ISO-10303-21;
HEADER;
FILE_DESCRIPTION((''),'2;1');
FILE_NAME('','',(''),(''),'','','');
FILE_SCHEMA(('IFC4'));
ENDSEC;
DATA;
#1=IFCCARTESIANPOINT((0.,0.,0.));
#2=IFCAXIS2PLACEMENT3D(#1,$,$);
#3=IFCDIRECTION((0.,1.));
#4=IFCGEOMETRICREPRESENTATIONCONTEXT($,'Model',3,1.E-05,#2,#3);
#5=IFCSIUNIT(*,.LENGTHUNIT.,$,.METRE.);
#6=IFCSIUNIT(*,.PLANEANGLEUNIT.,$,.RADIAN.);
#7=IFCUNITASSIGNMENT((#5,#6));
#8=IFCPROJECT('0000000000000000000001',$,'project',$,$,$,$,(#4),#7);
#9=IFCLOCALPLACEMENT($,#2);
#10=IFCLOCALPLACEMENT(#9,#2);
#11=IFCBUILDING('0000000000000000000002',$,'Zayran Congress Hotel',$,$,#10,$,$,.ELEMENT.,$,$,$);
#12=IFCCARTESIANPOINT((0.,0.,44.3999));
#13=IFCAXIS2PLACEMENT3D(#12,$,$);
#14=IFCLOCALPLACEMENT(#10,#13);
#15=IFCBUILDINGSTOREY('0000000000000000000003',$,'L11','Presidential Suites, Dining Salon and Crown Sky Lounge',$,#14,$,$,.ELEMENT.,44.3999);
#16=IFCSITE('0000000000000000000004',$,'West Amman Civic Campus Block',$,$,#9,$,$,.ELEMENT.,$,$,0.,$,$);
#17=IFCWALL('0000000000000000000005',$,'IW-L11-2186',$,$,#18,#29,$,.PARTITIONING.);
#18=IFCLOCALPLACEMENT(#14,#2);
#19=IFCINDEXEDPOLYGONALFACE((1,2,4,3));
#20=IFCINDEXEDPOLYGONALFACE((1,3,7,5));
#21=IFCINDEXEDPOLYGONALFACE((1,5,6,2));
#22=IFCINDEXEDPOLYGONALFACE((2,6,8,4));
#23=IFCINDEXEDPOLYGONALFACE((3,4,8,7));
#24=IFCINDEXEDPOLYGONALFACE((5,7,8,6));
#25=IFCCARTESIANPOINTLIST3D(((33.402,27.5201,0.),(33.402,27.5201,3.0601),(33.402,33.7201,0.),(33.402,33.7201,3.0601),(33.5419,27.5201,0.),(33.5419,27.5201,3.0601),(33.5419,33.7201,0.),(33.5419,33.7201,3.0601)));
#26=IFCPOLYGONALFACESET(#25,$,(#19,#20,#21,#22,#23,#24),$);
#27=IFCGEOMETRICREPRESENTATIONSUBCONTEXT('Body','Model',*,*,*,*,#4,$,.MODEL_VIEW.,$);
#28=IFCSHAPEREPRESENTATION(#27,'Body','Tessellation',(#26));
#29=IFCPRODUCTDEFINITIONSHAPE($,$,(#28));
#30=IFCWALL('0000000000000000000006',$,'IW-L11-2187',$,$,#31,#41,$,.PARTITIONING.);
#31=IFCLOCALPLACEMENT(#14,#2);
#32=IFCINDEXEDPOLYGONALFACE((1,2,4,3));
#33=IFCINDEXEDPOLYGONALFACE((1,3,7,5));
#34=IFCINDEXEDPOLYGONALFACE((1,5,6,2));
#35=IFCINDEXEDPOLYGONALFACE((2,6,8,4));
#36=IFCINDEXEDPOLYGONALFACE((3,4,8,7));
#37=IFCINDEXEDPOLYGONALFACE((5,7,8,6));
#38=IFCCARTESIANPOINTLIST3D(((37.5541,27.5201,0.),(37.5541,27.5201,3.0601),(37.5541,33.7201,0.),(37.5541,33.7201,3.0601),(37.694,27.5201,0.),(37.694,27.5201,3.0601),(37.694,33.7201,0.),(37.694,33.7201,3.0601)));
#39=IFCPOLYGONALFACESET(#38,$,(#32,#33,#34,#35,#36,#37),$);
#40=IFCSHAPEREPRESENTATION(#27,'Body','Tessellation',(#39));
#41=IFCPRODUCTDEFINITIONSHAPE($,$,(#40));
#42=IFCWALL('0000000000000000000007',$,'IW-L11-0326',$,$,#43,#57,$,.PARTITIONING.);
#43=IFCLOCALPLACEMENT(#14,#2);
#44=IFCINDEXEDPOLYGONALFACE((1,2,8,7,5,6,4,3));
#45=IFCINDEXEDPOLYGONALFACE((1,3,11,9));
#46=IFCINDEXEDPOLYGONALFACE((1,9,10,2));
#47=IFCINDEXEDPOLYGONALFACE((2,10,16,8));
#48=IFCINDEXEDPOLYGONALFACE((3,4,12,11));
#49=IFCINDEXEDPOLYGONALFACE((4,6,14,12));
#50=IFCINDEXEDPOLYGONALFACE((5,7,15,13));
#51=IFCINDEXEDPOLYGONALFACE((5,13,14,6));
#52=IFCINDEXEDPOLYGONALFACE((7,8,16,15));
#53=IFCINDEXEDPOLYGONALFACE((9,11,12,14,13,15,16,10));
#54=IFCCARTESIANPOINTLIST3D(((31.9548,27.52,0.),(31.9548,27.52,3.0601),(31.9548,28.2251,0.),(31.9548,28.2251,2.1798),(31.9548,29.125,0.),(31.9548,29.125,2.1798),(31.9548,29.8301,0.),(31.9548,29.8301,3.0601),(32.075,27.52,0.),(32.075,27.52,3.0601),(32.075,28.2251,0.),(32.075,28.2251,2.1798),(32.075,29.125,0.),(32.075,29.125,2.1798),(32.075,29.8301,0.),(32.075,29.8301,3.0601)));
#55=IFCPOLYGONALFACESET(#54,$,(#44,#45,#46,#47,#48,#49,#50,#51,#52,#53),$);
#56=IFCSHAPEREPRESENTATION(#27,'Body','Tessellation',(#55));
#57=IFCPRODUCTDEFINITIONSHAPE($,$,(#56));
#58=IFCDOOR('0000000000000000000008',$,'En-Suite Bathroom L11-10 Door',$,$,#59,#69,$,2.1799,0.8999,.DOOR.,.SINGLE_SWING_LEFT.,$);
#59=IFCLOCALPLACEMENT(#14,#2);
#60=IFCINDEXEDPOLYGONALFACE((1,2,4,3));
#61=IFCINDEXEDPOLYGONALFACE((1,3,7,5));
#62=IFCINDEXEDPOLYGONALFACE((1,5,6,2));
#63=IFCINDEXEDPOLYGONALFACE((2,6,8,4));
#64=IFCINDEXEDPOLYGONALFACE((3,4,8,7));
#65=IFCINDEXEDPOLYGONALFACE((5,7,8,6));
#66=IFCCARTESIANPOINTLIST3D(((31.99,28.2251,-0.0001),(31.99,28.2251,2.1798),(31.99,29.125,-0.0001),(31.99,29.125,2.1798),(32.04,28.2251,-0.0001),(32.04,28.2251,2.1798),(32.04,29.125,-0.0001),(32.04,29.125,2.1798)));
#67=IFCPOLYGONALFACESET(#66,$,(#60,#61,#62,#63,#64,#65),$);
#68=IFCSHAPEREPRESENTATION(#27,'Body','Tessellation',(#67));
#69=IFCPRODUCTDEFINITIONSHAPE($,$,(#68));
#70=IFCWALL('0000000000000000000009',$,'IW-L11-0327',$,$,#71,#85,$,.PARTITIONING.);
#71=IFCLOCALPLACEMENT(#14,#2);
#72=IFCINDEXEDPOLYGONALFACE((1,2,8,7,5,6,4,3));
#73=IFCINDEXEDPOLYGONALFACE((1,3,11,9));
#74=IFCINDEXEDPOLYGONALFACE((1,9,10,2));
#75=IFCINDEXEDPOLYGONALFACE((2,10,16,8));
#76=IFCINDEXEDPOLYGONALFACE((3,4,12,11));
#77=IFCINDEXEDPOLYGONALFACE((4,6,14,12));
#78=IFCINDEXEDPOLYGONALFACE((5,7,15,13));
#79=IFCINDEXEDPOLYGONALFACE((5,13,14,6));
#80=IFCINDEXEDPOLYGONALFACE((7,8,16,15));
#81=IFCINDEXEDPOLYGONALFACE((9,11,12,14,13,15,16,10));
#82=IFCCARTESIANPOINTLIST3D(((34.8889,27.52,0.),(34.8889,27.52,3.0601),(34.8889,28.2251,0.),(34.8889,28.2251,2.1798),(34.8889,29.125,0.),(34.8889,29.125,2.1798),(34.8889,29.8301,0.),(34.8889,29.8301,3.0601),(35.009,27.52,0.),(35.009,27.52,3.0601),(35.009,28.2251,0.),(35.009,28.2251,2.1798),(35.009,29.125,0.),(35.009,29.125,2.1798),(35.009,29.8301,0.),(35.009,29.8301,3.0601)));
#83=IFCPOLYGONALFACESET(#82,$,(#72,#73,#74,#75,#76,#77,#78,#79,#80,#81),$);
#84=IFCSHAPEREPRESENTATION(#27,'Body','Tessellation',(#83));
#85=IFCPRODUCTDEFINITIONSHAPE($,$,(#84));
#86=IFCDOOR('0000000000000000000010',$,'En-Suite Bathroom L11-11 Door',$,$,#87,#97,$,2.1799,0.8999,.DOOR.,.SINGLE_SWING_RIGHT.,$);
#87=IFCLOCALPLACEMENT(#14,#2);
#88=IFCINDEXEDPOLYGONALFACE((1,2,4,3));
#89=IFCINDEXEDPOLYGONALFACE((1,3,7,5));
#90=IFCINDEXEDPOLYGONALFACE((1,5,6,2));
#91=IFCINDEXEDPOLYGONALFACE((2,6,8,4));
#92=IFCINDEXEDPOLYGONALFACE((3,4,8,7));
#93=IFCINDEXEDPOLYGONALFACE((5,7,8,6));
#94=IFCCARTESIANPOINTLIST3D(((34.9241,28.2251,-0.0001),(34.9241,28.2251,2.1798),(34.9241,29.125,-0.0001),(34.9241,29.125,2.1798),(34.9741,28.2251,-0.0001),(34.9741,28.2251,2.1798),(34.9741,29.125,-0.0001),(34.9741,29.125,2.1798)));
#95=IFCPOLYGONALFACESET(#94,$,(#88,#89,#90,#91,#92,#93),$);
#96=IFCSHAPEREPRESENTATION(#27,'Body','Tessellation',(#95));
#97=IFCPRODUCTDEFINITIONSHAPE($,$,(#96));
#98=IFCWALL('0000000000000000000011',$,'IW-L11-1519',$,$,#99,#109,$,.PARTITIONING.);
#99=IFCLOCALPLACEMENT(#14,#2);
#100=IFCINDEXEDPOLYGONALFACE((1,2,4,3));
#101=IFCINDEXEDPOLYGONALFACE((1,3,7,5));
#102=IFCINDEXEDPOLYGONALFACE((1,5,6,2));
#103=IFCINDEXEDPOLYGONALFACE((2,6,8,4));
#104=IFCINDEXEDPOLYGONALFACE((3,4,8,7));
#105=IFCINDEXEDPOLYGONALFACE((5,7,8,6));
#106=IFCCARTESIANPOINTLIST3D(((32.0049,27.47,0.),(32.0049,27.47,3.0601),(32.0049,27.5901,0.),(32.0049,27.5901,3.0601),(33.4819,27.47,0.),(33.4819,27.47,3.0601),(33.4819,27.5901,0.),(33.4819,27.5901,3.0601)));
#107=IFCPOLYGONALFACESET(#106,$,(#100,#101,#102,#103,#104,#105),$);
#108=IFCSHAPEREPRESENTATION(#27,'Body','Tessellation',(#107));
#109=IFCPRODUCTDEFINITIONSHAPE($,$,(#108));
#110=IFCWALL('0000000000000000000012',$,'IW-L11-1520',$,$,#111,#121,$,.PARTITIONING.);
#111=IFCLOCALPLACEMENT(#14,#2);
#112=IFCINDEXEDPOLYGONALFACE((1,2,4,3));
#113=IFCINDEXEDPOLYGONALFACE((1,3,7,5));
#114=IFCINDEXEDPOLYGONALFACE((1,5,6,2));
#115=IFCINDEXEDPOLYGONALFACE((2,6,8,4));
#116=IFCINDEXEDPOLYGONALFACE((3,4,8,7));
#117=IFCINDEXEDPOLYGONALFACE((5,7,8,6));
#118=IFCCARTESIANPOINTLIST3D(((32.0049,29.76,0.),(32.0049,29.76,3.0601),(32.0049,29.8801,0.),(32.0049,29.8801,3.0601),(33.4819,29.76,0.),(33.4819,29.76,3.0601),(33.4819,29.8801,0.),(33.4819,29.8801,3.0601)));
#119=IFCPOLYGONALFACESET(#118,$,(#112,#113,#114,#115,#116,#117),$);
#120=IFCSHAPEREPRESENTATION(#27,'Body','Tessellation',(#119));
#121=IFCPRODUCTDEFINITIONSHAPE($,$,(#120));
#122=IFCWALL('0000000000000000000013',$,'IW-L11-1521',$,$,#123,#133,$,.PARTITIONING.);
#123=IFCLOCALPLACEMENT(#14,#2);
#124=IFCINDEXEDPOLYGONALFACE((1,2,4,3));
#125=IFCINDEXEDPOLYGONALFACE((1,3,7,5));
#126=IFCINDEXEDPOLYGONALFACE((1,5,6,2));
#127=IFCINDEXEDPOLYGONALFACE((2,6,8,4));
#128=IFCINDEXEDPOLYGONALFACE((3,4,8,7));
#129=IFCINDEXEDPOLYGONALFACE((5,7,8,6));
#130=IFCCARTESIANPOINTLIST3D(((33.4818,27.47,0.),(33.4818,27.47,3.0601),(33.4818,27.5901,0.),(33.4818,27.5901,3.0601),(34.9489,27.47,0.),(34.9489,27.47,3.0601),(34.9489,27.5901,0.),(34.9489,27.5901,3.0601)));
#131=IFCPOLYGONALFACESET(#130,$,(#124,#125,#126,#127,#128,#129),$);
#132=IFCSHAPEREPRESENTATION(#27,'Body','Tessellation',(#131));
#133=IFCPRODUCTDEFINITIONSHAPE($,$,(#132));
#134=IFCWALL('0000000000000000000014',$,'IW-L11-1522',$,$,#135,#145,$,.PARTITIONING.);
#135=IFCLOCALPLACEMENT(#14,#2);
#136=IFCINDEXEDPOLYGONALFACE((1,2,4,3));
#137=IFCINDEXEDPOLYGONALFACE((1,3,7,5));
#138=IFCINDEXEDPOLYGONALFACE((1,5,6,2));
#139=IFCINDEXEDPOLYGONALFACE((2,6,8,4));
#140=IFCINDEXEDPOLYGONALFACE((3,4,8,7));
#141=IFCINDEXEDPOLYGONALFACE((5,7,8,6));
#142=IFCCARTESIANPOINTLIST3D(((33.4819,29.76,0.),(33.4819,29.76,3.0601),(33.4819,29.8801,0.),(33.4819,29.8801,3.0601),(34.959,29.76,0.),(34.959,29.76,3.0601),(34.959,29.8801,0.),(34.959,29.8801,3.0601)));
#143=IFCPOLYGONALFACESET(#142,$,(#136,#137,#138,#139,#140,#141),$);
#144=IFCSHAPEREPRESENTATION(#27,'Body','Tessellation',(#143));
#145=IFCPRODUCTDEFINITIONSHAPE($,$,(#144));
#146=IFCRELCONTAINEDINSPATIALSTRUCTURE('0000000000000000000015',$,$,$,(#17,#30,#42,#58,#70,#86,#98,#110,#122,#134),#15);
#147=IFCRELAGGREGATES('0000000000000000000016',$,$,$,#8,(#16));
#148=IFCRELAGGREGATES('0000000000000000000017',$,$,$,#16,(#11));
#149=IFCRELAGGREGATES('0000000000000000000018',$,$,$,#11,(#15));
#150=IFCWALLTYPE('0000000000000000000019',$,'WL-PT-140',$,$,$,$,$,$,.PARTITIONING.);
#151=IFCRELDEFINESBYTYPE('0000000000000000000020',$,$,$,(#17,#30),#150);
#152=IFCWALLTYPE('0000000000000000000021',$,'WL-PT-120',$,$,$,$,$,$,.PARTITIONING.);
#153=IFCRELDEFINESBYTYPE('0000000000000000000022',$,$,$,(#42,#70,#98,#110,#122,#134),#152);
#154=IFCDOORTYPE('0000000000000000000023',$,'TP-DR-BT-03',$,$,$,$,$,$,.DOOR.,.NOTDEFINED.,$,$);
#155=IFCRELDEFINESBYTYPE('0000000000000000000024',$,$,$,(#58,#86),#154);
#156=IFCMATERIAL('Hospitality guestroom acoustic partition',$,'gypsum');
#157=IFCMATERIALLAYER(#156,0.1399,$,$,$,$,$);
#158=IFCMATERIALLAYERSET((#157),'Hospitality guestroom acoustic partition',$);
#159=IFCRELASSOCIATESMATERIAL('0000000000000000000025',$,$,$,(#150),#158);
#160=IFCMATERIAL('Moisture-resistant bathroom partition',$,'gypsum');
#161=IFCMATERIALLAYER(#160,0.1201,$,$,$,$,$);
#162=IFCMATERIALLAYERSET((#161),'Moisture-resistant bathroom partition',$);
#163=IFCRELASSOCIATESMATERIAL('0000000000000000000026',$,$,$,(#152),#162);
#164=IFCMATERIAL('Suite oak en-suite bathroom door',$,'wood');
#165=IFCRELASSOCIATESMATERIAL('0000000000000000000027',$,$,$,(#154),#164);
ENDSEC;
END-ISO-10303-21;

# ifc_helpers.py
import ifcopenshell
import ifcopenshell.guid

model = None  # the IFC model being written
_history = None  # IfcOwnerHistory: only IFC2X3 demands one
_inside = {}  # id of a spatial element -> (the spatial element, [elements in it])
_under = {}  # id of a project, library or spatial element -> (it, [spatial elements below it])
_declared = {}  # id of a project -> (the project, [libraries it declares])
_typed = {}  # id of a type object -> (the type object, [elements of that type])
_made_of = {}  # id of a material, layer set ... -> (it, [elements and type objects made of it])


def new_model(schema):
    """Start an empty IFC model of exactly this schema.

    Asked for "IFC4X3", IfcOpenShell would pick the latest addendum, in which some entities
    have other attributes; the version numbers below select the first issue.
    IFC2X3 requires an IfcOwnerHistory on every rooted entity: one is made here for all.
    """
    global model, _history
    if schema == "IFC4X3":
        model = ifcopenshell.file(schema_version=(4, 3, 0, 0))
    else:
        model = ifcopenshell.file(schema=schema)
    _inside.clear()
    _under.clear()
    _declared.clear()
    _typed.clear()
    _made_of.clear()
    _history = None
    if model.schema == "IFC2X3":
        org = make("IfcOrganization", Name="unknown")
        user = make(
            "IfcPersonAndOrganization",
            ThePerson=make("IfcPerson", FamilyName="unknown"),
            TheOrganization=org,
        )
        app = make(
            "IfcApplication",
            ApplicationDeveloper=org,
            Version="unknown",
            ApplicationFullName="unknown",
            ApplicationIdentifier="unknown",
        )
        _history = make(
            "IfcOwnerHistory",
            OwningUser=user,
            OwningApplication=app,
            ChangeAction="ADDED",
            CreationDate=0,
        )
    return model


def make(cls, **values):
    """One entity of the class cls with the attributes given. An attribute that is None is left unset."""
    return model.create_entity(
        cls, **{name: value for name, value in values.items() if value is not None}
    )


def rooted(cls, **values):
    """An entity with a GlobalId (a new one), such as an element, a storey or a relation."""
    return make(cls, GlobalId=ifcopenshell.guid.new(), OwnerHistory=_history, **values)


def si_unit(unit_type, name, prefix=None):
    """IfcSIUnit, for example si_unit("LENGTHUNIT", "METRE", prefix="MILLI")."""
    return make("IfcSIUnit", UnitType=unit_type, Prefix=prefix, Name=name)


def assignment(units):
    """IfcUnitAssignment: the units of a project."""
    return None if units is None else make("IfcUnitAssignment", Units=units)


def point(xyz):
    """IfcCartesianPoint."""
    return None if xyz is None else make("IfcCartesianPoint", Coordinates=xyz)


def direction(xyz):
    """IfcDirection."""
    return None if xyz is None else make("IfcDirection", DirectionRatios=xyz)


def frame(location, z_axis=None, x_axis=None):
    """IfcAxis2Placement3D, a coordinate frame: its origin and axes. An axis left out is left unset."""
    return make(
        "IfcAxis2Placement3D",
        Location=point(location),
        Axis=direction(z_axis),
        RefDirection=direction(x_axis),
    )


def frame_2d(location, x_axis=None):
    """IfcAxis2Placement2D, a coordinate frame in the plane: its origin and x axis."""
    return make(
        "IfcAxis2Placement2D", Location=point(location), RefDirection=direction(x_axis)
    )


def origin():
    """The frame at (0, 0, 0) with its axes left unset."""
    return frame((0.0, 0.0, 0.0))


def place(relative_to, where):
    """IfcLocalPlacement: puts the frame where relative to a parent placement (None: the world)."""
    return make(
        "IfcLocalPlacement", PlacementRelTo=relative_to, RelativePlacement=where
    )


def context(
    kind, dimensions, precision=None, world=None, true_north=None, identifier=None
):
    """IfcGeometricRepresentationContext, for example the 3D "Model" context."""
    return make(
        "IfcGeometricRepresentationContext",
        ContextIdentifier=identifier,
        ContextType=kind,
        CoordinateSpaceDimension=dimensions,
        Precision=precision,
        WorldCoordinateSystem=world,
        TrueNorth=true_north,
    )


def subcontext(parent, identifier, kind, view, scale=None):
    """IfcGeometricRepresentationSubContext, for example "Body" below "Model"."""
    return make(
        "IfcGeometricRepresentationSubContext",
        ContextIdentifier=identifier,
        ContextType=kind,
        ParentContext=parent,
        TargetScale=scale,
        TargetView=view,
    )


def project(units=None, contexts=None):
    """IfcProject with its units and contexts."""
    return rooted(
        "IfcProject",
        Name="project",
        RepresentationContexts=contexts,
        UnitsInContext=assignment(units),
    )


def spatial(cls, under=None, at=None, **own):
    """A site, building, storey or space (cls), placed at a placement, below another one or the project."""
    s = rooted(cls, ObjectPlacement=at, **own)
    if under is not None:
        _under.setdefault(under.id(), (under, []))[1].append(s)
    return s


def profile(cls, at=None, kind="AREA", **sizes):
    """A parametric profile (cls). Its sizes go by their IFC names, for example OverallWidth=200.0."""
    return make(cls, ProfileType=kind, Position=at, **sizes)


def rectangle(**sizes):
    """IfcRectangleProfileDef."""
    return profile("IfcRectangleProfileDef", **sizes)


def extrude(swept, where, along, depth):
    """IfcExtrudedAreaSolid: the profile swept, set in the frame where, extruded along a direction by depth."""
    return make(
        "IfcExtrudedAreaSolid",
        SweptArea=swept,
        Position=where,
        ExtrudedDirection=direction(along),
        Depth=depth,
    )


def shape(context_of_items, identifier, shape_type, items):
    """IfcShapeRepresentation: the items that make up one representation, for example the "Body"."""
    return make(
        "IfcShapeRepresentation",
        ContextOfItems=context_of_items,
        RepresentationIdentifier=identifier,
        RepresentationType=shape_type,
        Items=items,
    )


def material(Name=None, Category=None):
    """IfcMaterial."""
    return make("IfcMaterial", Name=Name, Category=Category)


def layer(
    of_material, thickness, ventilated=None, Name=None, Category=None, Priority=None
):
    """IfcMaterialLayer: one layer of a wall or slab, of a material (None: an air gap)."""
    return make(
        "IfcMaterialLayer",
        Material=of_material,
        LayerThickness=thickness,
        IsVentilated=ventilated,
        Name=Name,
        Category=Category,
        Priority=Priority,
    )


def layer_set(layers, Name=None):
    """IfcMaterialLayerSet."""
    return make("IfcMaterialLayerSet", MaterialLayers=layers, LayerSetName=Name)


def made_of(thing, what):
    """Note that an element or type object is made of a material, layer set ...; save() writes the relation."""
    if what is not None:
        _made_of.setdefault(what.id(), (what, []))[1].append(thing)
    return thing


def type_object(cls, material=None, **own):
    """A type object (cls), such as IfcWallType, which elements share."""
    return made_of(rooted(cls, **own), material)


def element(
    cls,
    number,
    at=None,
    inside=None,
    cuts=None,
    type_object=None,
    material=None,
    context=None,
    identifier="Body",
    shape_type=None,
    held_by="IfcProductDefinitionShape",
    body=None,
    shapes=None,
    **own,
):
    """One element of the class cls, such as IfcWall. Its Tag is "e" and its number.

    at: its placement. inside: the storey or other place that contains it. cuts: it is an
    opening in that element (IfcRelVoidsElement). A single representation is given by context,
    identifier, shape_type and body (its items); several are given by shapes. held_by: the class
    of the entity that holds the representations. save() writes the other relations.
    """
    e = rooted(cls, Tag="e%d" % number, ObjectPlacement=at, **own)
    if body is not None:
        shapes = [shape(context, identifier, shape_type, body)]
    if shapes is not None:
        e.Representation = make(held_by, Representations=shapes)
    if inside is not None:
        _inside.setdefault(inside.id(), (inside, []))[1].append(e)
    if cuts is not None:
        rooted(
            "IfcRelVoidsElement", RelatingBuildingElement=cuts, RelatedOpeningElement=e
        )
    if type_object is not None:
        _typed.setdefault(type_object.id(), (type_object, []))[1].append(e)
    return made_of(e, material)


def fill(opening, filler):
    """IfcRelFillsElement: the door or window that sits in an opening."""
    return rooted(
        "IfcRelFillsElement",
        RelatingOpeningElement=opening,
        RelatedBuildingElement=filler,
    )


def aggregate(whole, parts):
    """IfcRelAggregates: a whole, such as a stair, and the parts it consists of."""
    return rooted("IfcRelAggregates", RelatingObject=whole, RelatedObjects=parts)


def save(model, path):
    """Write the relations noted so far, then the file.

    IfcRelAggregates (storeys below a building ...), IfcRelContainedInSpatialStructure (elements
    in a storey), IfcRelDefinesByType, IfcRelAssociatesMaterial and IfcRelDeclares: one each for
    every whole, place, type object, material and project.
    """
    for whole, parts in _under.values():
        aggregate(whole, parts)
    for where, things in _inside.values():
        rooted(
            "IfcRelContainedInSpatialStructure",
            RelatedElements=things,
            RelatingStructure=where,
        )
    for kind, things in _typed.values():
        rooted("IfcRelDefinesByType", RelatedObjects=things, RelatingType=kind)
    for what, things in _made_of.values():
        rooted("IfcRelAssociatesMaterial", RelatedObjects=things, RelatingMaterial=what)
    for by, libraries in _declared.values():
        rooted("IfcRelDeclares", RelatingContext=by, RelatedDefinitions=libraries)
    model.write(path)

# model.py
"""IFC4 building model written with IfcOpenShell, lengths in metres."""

from ifc_helpers import new_model, si_unit, direction, frame, frame_2d, origin, place, context, subcontext, project, spatial, rectangle, extrude, material, layer, layer_set, type_object, element, fill, save


model = new_model("IFC4")

# Units and contexts
model_context = context("Model", 3, precision=1e-05, world=origin(), true_north=direction((0.0, 1.0)))
body_context = subcontext(model_context, "Body", "Model", "MODEL_VIEW")
ifc_project = project(units=[si_unit("LENGTHUNIT", "METRE"), si_unit("PLANEANGLEUNIT", "RADIAN")], contexts=[model_context])

# Site, building, storey
site_placement = place(None, origin())
site = spatial("IfcSite", under=ifc_project, at=site_placement, Name="West Amman Civic Campus Block", CompositionType="ELEMENT", RefElevation=0.0)
building_placement = place(site_placement, origin())
building = spatial("IfcBuilding", under=site, at=building_placement, Name="Zayran Congress Hotel", CompositionType="ELEMENT")
storey_placement = place(building_placement, frame((0.0, 0.0, 44.3999)))
storey = spatial("IfcBuildingStorey", under=building, at=storey_placement, Name="L11", Description="Presidential Suites, Dining Salon and Crown Sky Lounge", CompositionType="ELEMENT", Elevation=44.3999)

# Shared definitions
ifc_material_1 = material(Name="Hospitality guestroom acoustic partition", Category="gypsum")
ifc_layer_1 = layer(ifc_material_1, 0.1399)
ifc_layer_set_1 = layer_set([ifc_layer_1], Name="Hospitality guestroom acoustic partition")
wall_type_1 = type_object("IfcWallType", Name="WL-PT-140", PredefinedType="PARTITIONING", material=ifc_layer_set_1)

# Walls
for number, where, z_axis, x_axis, name in (
    (1, (33.4719, 27.52, 0.0), (0.0, 0.0, 1.0), (0.0, 1.0, 0.0), "IW-L11-2186"),
    (2, (37.624, 27.52, 0.0), (0.0, 0.0, 1.0), (0.0, 1.0, 0.0), "IW-L11-2187"),
):
    element("IfcWall", number, at=place(storey_placement, frame(where, z_axis=z_axis, x_axis=x_axis)), inside=storey, type_object=wall_type_1, Name=name, PredefinedType="PARTITIONING", context=body_context, shape_type="SweptSolid", body=[
        extrude(rectangle(XDim=6.2, YDim=0.1399, at=frame_2d((3.1001, 0.0))), origin(), (0.0, 0.0, 1.0), 3.0601),
    ])

# Walls, openings, doors
ifc_material_2 = material(Name="Moisture-resistant bathroom partition", Category="gypsum")
ifc_layer_2 = layer(ifc_material_2, 0.1201)
ifc_layer_set_2 = layer_set([ifc_layer_2], Name="Moisture-resistant bathroom partition")
wall_type_2 = type_object("IfcWallType", Name="WL-PT-120", PredefinedType="PARTITIONING", material=ifc_layer_set_2)
wall_1_placement = place(storey_placement, frame((32.0149, 27.52, 0.0), z_axis=(0.0, 0.0, 1.0), x_axis=(0.0, 1.0, 0.0)))
wall_1 = element("IfcWall", 3, at=wall_1_placement, inside=storey, type_object=wall_type_2, Name="IW-L11-0326", PredefinedType="PARTITIONING", context=body_context, shape_type="SweptSolid", body=[
    extrude(rectangle(XDim=2.3101, YDim=0.1201, at=frame_2d((1.155, 0.0))), origin(), (0.0, 0.0, 1.0), 3.0601),
])
opening_1_placement = place(wall_1_placement, frame((0.7051, 0.0, 0.0)))
opening_1 = element("IfcOpeningElement", 4, at=opening_1_placement, cuts=wall_1, PredefinedType="OPENING", context=body_context, shape_type="SweptSolid", body=[
    extrude(rectangle(XDim=0.8999, YDim=2.1799, at=frame_2d((0.45, 1.0898))), frame((0.0, 0.0701, 0.0), z_axis=(0.0, -1.0, 0.0), x_axis=(1.0, 0.0, 0.0)), (0.0, 0.0, 1.0), 0.1401),
])
ifc_material_3 = material(Name="Suite oak en-suite bathroom door", Category="wood")
door_type_1 = type_object("IfcDoorType", Name="TP-DR-BT-03", OperationType="NOTDEFINED", PredefinedType="DOOR", material=ifc_material_3)
door_1_placement = place(opening_1_placement, origin())
door_1 = element("IfcDoor", 5, at=door_1_placement, inside=storey, type_object=door_type_1, Name="En-Suite Bathroom L11-10 Door", OperationType="SINGLE_SWING_LEFT", OverallHeight=2.1799, OverallWidth=0.8999, PredefinedType="DOOR", context=body_context, shape_type="SweptSolid", body=[
    extrude(rectangle(XDim=0.8999, YDim=2.1799, at=frame_2d((0.45, 1.0898))), frame((0.0, 0.0249, 0.0), z_axis=(0.0, -1.0, 0.0), x_axis=(1.0, 0.0, 0.0)), (0.0, 0.0, 1.0), 0.05),
])
fill(opening_1, door_1)
wall_2_placement = place(storey_placement, frame((34.949, 27.52, 0.0), z_axis=(0.0, 0.0, 1.0), x_axis=(0.0, 1.0, 0.0)))
wall_2 = element("IfcWall", 6, at=wall_2_placement, inside=storey, type_object=wall_type_2, Name="IW-L11-0327", PredefinedType="PARTITIONING", context=body_context, shape_type="SweptSolid", body=[
    extrude(rectangle(XDim=2.3101, YDim=0.1201, at=frame_2d((1.155, 0.0))), origin(), (0.0, 0.0, 1.0), 3.0601),
])
opening_2_placement = place(wall_2_placement, frame((0.7051, 0.0, 0.0)))
opening_2 = element("IfcOpeningElement", 7, at=opening_2_placement, cuts=wall_2, PredefinedType="OPENING", context=body_context, shape_type="SweptSolid", body=[
    extrude(rectangle(XDim=0.8999, YDim=2.1799, at=frame_2d((0.45, 1.0898))), frame((0.0, 0.0701, 0.0), z_axis=(0.0, -1.0, 0.0), x_axis=(1.0, 0.0, 0.0)), (0.0, 0.0, 1.0), 0.1401),
])
door_2_placement = place(opening_2_placement, origin())
door_2 = element("IfcDoor", 8, at=door_2_placement, inside=storey, type_object=door_type_1, Name="En-Suite Bathroom L11-11 Door", OperationType="SINGLE_SWING_RIGHT", OverallHeight=2.1799, OverallWidth=0.8999, PredefinedType="DOOR", context=body_context, shape_type="SweptSolid", body=[
    extrude(rectangle(XDim=0.8999, YDim=2.1799, at=frame_2d((0.45, 1.0898))), frame((0.0, 0.0249, 0.0), z_axis=(0.0, -1.0, 0.0), x_axis=(1.0, 0.0, 0.0)), (0.0, 0.0, 1.0), 0.05),
])
fill(opening_2, door_2)

# Walls
for number, where, z_axis, x_axis, name in (
    (9, (32.0049, 27.53, 0.0), (0.0, 0.0, 1.0), (1.0, 0.0, 0.0), "IW-L11-1519"),
    (10, (32.0049, 29.8201, 0.0), (0.0, 0.0, 1.0), (1.0, 0.0, 0.0), "IW-L11-1520"),
):
    element("IfcWall", number, at=place(storey_placement, frame(where, z_axis=z_axis, x_axis=x_axis)), inside=storey, type_object=wall_type_2, Name=name, PredefinedType="PARTITIONING", context=body_context, shape_type="SweptSolid", body=[
        extrude(rectangle(XDim=1.4771, YDim=0.1201, at=frame_2d((0.7385, 0.0))), origin(), (0.0, 0.0, 1.0), 3.0601),
    ])
wall_3_placement = place(storey_placement, frame((33.4819, 27.53, 0.0), z_axis=(0.0, 0.0, 1.0), x_axis=(1.0, 0.0, 0.0)))
element("IfcWall", 11, at=wall_3_placement, inside=storey, type_object=wall_type_2, Name="IW-L11-1521", PredefinedType="PARTITIONING", context=body_context, shape_type="SweptSolid", body=[
    extrude(rectangle(XDim=1.467, YDim=0.1201, at=frame_2d((0.7334, 0.0))), origin(), (0.0, 0.0, 1.0), 3.0601),
])
wall_4_placement = place(storey_placement, frame((33.4819, 29.8201, 0.0), z_axis=(0.0, 0.0, 1.0), x_axis=(1.0, 0.0, 0.0)))
element("IfcWall", 12, at=wall_4_placement, inside=storey, type_object=wall_type_2, Name="IW-L11-1522", PredefinedType="PARTITIONING", context=body_context, shape_type="SweptSolid", body=[
    extrude(rectangle(XDim=1.4771, YDim=0.1201, at=frame_2d((0.7385, 0.0))), origin(), (0.0, 0.0, 1.0), 3.0601),
])

save(model, "model.ifc")
